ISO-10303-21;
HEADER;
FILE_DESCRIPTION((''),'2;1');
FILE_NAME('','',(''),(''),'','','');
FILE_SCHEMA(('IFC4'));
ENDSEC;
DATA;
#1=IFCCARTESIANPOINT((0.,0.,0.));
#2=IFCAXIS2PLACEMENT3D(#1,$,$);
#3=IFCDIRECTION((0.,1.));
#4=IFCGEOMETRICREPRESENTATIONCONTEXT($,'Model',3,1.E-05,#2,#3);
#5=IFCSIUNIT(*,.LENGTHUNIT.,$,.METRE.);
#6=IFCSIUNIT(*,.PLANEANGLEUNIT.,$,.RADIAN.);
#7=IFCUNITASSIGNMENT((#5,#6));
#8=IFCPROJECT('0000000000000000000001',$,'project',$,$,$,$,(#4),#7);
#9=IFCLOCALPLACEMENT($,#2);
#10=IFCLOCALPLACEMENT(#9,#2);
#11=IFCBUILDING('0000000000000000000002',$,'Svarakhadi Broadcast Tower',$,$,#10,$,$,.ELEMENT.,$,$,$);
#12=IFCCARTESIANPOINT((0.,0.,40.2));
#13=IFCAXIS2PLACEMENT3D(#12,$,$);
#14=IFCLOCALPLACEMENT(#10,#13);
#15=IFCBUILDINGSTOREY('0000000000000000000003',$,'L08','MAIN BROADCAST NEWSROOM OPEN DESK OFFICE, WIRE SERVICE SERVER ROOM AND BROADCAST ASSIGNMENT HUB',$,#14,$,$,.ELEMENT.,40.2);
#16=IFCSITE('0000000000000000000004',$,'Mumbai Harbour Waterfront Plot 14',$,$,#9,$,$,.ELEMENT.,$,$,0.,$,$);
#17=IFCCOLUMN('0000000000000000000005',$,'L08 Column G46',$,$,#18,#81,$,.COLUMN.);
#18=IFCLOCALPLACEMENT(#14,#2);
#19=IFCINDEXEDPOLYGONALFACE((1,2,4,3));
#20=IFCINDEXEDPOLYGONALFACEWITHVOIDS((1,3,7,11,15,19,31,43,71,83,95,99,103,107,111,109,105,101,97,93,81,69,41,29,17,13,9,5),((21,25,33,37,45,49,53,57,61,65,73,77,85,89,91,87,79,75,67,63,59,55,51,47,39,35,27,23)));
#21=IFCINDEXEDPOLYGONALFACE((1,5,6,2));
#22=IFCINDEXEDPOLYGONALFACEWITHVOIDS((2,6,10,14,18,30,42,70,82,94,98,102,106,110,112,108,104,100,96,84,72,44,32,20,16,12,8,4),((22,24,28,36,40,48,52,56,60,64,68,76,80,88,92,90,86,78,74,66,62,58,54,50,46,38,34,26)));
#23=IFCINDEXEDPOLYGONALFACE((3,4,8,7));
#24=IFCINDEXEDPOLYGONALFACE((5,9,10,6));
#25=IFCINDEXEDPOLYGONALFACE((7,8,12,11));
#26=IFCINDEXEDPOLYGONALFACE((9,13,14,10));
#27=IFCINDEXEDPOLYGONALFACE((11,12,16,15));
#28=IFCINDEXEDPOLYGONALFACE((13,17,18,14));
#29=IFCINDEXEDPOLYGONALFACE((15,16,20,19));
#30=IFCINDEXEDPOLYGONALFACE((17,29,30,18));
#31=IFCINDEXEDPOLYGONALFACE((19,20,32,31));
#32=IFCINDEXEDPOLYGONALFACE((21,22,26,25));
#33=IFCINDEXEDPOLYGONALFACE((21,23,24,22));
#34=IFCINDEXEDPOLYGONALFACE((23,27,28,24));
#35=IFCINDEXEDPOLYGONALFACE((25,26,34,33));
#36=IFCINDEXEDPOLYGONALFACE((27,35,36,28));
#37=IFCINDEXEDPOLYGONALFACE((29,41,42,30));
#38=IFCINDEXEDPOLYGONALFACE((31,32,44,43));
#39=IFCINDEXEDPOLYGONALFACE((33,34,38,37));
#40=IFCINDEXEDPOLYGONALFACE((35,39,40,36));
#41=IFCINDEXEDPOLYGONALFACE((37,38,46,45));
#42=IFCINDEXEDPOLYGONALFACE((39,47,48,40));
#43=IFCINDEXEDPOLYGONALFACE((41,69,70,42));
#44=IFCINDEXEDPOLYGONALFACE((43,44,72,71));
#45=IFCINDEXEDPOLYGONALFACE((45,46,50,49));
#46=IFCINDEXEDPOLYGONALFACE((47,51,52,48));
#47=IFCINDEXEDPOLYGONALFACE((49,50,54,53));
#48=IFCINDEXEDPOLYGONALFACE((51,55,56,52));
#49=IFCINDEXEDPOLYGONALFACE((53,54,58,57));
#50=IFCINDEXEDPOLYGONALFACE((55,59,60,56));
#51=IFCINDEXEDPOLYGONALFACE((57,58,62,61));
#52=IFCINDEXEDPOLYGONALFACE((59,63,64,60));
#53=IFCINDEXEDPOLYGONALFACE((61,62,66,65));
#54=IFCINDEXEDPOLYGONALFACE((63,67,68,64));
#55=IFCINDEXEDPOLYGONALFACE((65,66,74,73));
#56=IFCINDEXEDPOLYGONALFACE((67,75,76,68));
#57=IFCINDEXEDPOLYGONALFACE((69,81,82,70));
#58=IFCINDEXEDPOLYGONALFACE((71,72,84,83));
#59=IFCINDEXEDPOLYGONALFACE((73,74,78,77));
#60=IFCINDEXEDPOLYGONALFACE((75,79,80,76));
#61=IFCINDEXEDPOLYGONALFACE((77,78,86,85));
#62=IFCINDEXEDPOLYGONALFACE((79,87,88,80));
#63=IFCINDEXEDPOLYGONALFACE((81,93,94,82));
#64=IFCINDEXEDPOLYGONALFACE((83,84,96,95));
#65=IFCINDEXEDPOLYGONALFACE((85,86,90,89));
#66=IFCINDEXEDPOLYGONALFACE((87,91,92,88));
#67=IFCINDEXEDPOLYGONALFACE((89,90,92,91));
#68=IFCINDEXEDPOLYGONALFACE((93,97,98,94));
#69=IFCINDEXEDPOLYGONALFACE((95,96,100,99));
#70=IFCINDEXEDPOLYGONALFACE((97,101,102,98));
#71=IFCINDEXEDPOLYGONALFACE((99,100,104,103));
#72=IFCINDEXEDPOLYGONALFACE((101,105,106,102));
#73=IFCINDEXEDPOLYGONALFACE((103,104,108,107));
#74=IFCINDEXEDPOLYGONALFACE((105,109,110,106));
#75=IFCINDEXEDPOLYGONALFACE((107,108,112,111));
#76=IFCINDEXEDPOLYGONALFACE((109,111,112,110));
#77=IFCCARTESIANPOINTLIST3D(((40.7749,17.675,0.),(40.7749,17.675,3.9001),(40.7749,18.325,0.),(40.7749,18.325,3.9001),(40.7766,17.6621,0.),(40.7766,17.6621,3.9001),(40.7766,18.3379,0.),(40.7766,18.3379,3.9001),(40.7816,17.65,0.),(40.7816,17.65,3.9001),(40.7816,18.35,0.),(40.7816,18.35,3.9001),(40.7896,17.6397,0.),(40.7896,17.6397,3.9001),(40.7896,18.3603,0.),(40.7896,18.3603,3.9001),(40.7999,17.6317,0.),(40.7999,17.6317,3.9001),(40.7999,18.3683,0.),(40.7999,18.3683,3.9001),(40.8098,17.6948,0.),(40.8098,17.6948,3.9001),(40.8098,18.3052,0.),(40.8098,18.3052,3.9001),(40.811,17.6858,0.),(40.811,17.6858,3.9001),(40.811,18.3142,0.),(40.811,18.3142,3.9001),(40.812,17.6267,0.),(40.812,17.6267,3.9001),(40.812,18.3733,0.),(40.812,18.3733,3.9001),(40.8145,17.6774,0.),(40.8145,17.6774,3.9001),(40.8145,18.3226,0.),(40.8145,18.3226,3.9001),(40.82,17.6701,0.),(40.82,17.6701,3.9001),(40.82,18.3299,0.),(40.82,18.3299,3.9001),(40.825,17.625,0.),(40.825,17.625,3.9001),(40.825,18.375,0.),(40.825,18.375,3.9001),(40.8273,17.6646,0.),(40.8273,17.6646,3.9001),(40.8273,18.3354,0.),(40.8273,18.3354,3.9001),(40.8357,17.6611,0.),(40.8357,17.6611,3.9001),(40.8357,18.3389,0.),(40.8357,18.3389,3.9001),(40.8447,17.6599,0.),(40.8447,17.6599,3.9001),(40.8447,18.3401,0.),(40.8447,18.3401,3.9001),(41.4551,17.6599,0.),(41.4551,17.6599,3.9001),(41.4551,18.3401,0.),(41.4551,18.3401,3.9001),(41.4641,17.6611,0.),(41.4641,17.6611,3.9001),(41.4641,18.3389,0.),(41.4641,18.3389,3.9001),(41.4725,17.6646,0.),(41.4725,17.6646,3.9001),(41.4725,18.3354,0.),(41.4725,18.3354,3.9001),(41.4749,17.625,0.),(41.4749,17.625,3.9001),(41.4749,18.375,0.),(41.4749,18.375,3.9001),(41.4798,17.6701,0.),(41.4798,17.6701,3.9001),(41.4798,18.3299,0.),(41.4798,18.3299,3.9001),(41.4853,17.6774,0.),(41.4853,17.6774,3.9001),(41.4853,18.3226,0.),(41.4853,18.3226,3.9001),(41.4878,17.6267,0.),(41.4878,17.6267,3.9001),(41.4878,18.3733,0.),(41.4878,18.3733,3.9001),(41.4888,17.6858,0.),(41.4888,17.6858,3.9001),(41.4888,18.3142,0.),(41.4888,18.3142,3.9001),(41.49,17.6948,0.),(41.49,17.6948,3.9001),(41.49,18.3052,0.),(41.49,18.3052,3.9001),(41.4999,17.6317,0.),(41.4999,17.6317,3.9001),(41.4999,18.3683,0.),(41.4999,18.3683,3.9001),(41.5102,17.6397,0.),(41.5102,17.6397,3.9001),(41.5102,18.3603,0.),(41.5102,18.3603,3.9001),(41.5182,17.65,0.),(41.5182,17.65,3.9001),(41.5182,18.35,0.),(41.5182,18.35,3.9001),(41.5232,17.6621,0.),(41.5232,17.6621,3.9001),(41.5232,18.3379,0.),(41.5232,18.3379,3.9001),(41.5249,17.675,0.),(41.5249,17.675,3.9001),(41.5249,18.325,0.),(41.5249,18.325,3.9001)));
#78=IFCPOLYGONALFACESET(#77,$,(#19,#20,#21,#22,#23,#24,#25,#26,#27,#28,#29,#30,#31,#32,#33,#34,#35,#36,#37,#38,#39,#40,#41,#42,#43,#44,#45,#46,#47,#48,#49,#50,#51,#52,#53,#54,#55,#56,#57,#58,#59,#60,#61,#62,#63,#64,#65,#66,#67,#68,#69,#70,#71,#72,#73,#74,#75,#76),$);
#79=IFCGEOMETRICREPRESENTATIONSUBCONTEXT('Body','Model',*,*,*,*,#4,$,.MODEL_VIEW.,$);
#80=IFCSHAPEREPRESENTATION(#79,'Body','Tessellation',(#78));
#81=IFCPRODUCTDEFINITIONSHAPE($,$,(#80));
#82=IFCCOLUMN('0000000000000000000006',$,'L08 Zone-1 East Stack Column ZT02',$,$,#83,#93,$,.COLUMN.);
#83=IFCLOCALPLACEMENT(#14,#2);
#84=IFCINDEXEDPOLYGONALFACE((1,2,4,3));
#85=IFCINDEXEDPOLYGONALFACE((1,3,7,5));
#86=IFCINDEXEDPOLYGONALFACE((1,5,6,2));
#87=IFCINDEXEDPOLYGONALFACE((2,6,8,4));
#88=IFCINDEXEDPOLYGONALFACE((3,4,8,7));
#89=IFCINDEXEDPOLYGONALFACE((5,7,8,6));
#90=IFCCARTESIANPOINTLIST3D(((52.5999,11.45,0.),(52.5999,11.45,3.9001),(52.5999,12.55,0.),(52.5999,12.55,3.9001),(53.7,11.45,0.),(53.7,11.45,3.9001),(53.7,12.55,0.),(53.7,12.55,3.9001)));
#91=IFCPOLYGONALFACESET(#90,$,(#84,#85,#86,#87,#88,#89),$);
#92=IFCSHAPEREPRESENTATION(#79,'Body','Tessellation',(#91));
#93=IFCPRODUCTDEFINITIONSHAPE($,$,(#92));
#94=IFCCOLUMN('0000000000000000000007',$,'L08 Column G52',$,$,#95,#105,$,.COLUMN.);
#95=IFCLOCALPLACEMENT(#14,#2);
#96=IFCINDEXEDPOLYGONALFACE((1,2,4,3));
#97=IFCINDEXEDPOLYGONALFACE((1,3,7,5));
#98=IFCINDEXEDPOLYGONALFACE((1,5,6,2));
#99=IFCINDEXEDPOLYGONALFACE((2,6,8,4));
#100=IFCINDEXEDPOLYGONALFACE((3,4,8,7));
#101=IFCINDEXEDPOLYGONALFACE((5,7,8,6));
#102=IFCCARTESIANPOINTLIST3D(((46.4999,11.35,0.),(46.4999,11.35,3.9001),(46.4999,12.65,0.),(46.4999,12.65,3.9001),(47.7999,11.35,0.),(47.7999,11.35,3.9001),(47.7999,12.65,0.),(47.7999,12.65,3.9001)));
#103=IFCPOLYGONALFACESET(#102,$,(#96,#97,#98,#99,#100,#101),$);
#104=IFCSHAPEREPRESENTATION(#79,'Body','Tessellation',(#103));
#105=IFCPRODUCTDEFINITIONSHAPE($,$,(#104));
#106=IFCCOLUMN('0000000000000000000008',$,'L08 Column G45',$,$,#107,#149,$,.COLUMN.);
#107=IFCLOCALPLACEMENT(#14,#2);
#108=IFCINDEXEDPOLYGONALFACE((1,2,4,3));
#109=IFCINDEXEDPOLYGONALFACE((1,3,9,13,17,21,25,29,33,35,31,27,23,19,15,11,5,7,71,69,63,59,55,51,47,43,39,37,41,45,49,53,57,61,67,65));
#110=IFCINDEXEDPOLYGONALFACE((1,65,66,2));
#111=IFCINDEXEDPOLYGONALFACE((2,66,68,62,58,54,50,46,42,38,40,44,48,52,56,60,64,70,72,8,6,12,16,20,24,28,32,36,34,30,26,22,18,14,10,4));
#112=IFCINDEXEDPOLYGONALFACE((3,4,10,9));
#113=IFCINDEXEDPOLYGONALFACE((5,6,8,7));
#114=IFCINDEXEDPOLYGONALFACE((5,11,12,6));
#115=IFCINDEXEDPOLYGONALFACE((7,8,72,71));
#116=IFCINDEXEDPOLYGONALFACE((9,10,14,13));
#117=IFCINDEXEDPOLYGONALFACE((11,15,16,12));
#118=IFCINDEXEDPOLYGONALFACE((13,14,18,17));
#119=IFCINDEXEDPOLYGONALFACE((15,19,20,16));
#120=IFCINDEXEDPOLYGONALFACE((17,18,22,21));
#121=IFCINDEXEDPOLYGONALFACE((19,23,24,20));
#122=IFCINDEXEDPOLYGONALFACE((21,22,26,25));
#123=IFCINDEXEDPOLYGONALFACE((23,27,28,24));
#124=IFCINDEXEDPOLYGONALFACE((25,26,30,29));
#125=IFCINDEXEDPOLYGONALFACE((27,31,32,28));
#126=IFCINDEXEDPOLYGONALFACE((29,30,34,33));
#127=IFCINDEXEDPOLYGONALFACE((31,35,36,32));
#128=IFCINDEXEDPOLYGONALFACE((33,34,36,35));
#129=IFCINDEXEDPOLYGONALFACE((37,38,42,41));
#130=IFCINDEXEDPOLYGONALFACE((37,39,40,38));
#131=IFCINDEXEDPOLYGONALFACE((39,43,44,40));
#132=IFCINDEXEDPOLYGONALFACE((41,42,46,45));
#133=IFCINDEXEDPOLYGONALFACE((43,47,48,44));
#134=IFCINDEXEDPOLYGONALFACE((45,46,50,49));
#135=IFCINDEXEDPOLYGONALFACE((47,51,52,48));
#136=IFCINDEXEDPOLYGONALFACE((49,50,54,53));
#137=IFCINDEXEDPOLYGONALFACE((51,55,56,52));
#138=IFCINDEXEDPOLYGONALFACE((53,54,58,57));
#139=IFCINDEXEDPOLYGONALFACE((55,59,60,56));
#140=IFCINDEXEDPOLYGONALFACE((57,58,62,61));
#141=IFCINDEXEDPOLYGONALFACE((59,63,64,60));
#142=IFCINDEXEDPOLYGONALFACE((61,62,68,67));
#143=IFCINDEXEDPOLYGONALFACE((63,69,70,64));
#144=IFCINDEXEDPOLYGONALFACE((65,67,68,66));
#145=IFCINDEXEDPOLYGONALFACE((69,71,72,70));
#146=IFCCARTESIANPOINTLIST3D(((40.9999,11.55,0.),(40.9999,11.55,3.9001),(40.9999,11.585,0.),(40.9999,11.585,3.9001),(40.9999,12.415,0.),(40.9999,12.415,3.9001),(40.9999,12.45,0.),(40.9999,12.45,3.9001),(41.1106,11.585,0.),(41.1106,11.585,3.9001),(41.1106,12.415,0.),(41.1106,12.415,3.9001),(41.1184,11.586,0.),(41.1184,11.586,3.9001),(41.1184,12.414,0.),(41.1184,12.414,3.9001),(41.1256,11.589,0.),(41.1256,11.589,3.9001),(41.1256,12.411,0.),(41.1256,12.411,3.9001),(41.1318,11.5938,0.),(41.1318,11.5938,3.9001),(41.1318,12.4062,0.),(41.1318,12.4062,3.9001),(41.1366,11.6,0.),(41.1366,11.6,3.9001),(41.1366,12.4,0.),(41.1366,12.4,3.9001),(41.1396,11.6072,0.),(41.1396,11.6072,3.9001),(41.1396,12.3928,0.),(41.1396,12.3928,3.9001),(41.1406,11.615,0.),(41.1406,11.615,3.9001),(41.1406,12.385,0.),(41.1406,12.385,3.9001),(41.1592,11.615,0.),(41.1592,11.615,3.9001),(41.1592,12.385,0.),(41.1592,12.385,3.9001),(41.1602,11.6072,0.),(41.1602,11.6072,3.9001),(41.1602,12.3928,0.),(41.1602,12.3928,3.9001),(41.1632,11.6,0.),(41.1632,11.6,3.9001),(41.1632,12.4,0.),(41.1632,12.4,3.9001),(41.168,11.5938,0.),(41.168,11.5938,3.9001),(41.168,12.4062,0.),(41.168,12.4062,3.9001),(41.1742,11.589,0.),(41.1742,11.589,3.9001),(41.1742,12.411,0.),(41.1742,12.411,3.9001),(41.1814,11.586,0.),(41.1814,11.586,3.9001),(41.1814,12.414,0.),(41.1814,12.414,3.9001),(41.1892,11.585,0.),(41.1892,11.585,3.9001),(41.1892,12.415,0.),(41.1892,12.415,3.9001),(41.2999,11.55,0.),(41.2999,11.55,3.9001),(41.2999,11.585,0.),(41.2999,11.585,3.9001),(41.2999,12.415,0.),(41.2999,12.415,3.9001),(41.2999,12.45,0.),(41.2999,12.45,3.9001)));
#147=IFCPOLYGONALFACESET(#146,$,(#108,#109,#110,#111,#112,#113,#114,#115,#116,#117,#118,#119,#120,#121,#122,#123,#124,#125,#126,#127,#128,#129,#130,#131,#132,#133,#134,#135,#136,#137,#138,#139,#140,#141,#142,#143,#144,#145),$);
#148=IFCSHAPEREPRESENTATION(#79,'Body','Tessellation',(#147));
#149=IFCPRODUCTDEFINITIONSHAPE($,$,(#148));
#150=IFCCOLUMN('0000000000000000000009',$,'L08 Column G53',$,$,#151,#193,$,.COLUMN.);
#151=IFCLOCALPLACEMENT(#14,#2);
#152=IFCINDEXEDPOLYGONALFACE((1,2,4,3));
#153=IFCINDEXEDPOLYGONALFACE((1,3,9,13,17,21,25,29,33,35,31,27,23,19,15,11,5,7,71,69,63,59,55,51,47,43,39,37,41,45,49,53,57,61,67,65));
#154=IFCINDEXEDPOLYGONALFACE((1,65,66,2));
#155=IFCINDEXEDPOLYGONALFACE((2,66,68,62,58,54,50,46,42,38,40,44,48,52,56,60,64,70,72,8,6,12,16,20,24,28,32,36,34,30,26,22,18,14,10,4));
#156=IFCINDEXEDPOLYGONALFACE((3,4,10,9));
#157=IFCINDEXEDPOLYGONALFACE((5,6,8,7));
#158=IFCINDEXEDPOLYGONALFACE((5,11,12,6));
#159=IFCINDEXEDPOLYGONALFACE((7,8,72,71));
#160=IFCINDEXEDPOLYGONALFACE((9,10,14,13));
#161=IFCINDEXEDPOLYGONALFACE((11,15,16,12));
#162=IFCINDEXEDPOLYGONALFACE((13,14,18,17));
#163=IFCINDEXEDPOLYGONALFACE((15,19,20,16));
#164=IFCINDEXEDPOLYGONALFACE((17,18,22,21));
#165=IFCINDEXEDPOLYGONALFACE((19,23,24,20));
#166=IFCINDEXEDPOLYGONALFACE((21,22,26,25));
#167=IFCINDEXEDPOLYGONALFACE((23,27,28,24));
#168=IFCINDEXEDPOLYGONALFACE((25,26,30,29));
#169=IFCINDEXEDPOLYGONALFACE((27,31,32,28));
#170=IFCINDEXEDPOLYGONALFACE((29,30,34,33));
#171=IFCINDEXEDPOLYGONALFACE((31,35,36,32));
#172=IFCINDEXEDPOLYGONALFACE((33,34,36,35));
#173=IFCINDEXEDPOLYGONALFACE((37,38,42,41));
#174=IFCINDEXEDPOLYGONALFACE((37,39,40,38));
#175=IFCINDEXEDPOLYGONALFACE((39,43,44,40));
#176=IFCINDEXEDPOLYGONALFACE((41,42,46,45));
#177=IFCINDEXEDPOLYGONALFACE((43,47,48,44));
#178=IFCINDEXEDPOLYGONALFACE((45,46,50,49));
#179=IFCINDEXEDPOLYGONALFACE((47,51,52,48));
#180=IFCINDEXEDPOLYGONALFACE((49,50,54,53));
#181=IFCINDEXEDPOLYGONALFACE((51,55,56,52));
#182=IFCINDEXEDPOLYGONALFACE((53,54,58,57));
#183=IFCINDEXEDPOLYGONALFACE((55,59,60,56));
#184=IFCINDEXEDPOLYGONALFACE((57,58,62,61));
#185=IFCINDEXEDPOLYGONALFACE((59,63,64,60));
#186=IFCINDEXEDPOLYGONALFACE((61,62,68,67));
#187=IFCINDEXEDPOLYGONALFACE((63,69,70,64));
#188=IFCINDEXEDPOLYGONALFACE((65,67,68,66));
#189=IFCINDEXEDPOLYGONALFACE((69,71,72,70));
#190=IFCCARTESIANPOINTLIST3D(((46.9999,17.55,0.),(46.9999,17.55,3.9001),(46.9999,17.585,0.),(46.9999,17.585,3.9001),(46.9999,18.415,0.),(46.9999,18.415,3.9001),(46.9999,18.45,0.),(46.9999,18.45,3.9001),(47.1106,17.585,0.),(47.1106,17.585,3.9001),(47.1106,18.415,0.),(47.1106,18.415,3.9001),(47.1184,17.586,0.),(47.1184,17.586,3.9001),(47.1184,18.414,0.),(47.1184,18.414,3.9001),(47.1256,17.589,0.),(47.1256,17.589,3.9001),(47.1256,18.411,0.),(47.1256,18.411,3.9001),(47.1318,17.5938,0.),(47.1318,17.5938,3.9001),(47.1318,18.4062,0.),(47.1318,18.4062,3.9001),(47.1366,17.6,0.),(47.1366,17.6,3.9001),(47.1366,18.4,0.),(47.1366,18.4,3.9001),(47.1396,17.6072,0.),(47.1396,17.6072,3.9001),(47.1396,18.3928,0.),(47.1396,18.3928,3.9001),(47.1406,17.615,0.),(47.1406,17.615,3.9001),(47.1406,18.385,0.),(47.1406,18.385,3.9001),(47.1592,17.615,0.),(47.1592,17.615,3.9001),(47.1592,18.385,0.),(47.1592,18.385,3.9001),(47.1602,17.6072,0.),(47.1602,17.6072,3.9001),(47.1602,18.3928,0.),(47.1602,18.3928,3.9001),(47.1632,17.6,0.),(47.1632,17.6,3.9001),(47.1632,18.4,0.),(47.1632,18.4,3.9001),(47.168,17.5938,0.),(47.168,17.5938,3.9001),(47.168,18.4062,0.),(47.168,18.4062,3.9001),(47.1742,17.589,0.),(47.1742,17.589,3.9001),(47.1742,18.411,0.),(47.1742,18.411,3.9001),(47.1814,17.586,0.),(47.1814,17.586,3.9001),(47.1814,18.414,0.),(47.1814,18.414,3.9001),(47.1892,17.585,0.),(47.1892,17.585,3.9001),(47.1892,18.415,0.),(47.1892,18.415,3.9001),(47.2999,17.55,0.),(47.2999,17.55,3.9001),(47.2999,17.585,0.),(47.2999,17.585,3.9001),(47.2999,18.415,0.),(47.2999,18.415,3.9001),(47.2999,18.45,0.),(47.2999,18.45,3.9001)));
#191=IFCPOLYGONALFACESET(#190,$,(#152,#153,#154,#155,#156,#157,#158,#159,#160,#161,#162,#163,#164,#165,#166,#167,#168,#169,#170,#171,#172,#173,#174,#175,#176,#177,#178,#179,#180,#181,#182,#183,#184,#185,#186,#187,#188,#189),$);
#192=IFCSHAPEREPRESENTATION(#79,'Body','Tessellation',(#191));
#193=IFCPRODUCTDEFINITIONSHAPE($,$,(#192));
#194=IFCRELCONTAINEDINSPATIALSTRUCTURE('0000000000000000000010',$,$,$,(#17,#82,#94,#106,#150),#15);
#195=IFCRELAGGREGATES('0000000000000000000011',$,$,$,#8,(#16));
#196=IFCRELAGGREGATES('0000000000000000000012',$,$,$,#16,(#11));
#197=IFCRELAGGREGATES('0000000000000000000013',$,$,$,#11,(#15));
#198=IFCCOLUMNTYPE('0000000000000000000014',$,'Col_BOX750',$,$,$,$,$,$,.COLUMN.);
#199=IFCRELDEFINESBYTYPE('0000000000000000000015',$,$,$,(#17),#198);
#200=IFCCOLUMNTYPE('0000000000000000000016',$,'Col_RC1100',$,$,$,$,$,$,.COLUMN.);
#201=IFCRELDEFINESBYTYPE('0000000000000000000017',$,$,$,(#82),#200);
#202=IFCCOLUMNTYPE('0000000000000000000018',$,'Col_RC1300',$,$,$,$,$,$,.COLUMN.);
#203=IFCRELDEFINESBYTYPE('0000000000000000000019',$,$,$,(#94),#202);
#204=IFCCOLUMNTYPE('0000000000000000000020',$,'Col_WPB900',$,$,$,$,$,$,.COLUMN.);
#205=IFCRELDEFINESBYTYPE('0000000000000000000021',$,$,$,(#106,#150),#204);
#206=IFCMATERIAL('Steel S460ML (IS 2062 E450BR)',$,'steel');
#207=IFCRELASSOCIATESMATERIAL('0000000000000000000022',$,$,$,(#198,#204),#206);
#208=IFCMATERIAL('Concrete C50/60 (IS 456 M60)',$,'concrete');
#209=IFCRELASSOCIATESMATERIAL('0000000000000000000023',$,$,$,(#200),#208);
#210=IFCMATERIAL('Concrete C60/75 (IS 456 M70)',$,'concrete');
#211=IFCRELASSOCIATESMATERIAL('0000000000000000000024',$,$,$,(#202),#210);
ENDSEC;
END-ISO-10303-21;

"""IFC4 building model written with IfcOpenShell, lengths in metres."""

from ifc_helpers import new_model, si_unit, direction, frame, origin, origin_2d, place, context, subcontext, project, spatial, rectangle, hollow_rectangle, i_section, extrude, material, material_profile, profile_set, type_object, element, save


model = new_model("IFC4")

# Units and contexts
model_context = context("Model", 3, precision=1e-05, world=origin(), true_north=direction((0.0, 1.0)))
body_context = subcontext(model_context, "Body", "Model", "MODEL_VIEW")
ifc_project = project(units=[si_unit("LENGTHUNIT", "METRE"), si_unit("PLANEANGLEUNIT", "RADIAN")], contexts=[model_context])

# Site, building, storey
site_placement = place(None, origin())
site = spatial("IfcSite", under=ifc_project, at=site_placement, Name="Mumbai Harbour Waterfront Plot 14", CompositionType="ELEMENT", RefElevation=0.0)
building_placement = place(site_placement, origin())
building = spatial("IfcBuilding", under=site, at=building_placement, Name="Svarakhadi Broadcast Tower", CompositionType="ELEMENT")
storey_placement = place(building_placement, frame((0.0, 0.0, 40.2)))
storey = spatial("IfcBuildingStorey", under=building, at=storey_placement, Name="L08", Description="MAIN BROADCAST NEWSROOM OPEN DESK OFFICE, WIRE SERVICE SERVER ROOM AND BROADCAST ASSIGNMENT HUB", CompositionType="ELEMENT", Elevation=40.2)

# Columns
ifc_material_1 = material(Name="Steel S460ML (IS 2062 E450BR)", Category="steel")
ifc_material_profile_1 = material_profile(ifc_material_1, hollow_rectangle(XDim=0.75, YDim=0.75, WallThickness=0.0349, InnerFilletRadius=0.0349, OuterFilletRadius=0.05, at=origin_2d()), Name="BOX 750x750x35")
ifc_profile_set_1 = profile_set([ifc_material_profile_1], Name="Steel S460ML (IS 2062 E450BR)")
column_type_1 = type_object("IfcColumnType", Name="Col_BOX750", PredefinedType="COLUMN", material=ifc_profile_set_1)
column_1_placement = place(storey_placement, frame((41.1499, 18.0, 0.0), z_axis=(0.0, 0.0, 1.0), x_axis=(1.0, 0.0, 0.0)))
element("IfcColumn", 1, at=column_1_placement, inside=storey, type_object=column_type_1, Name="L08 Column G46", PredefinedType="COLUMN", context=body_context, shape_type="SweptSolid", body=[
    extrude(hollow_rectangle(XDim=0.75, YDim=0.75, WallThickness=0.0349, InnerFilletRadius=0.0349, OuterFilletRadius=0.05, at=origin_2d()), origin(), (0.0, 0.0, 1.0), 3.9001),
])
ifc_material_2 = material(Name="Concrete C50/60 (IS 456 M60)", Category="concrete")
ifc_material_profile_2 = material_profile(ifc_material_2, rectangle(XDim=1.1001, YDim=1.1001, at=origin_2d()), Name="RC 1100x1100")
ifc_profile_set_2 = profile_set([ifc_material_profile_2], Name="Concrete C50/60 (IS 456 M60)")
column_type_2 = type_object("IfcColumnType", Name="Col_RC1100", PredefinedType="COLUMN", material=ifc_profile_set_2)
column_2_placement = place(storey_placement, frame((53.1499, 12.0, 0.0), z_axis=(0.0, 0.0, 1.0), x_axis=(1.0, 0.0, 0.0)))
element("IfcColumn", 2, at=column_2_placement, inside=storey, type_object=column_type_2, Name="L08 Zone-1 East Stack Column ZT02", PredefinedType="COLUMN", context=body_context, shape_type="SweptSolid", body=[
    extrude(rectangle(XDim=1.1001, YDim=1.1001, at=origin_2d()), origin(), (0.0, 0.0, 1.0), 3.9001),
])
ifc_material_3 = material(Name="Concrete C60/75 (IS 456 M70)", Category="concrete")
ifc_material_profile_3 = material_profile(ifc_material_3, rectangle(XDim=1.3, YDim=1.3, at=origin_2d()), Name="RC 1300x1300")
ifc_profile_set_3 = profile_set([ifc_material_profile_3], Name="Concrete C60/75 (IS 456 M70)")
column_type_3 = type_object("IfcColumnType", Name="Col_RC1300", PredefinedType="COLUMN", material=ifc_profile_set_3)
column_3_placement = place(storey_placement, frame((47.1499, 12.0, 0.0), z_axis=(0.0, 0.0, 1.0), x_axis=(1.0, 0.0, 0.0)))
element("IfcColumn", 3, at=column_3_placement, inside=storey, type_object=column_type_3, Name="L08 Column G52", PredefinedType="COLUMN", context=body_context, shape_type="SweptSolid", body=[
    extrude(rectangle(XDim=1.3, YDim=1.3, at=origin_2d()), origin(), (0.0, 0.0, 1.0), 3.9001),
])
ifc_material_profile_4 = material_profile(ifc_material_1, i_section(OverallWidth=0.3, OverallDepth=0.8999, WebThickness=0.0186, FlangeThickness=0.0349, FilletRadius=0.03, at=origin_2d()), Name="WPB 900x300x291")
ifc_profile_set_4 = profile_set([ifc_material_profile_4], Name="Steel S460ML (IS 2062 E450BR)")
column_type_4 = type_object("IfcColumnType", Name="Col_WPB900", PredefinedType="COLUMN", material=ifc_profile_set_4)
for number, where, z_axis, x_axis, name in (
    (4, (41.1499, 12.0, 0.0), (0.0, 0.0, 1.0), (1.0, 0.0, 0.0), "L08 Column G45"),
    (5, (47.1499, 18.0, 0.0), (0.0, 0.0, 1.0), (1.0, 0.0, 0.0), "L08 Column G53"),
):
    element("IfcColumn", number, at=place(storey_placement, frame(where, z_axis=z_axis, x_axis=x_axis)), inside=storey, type_object=column_type_4, Name=name, PredefinedType="COLUMN", context=body_context, shape_type="SweptSolid", body=[
        extrude(i_section(OverallWidth=0.3, OverallDepth=0.8999, WebThickness=0.0186, FlangeThickness=0.0349, FilletRadius=0.03, at=origin_2d()), origin(), (0.0, 0.0, 1.0), 3.9001),
    ])

save(model, "model.ifc")
